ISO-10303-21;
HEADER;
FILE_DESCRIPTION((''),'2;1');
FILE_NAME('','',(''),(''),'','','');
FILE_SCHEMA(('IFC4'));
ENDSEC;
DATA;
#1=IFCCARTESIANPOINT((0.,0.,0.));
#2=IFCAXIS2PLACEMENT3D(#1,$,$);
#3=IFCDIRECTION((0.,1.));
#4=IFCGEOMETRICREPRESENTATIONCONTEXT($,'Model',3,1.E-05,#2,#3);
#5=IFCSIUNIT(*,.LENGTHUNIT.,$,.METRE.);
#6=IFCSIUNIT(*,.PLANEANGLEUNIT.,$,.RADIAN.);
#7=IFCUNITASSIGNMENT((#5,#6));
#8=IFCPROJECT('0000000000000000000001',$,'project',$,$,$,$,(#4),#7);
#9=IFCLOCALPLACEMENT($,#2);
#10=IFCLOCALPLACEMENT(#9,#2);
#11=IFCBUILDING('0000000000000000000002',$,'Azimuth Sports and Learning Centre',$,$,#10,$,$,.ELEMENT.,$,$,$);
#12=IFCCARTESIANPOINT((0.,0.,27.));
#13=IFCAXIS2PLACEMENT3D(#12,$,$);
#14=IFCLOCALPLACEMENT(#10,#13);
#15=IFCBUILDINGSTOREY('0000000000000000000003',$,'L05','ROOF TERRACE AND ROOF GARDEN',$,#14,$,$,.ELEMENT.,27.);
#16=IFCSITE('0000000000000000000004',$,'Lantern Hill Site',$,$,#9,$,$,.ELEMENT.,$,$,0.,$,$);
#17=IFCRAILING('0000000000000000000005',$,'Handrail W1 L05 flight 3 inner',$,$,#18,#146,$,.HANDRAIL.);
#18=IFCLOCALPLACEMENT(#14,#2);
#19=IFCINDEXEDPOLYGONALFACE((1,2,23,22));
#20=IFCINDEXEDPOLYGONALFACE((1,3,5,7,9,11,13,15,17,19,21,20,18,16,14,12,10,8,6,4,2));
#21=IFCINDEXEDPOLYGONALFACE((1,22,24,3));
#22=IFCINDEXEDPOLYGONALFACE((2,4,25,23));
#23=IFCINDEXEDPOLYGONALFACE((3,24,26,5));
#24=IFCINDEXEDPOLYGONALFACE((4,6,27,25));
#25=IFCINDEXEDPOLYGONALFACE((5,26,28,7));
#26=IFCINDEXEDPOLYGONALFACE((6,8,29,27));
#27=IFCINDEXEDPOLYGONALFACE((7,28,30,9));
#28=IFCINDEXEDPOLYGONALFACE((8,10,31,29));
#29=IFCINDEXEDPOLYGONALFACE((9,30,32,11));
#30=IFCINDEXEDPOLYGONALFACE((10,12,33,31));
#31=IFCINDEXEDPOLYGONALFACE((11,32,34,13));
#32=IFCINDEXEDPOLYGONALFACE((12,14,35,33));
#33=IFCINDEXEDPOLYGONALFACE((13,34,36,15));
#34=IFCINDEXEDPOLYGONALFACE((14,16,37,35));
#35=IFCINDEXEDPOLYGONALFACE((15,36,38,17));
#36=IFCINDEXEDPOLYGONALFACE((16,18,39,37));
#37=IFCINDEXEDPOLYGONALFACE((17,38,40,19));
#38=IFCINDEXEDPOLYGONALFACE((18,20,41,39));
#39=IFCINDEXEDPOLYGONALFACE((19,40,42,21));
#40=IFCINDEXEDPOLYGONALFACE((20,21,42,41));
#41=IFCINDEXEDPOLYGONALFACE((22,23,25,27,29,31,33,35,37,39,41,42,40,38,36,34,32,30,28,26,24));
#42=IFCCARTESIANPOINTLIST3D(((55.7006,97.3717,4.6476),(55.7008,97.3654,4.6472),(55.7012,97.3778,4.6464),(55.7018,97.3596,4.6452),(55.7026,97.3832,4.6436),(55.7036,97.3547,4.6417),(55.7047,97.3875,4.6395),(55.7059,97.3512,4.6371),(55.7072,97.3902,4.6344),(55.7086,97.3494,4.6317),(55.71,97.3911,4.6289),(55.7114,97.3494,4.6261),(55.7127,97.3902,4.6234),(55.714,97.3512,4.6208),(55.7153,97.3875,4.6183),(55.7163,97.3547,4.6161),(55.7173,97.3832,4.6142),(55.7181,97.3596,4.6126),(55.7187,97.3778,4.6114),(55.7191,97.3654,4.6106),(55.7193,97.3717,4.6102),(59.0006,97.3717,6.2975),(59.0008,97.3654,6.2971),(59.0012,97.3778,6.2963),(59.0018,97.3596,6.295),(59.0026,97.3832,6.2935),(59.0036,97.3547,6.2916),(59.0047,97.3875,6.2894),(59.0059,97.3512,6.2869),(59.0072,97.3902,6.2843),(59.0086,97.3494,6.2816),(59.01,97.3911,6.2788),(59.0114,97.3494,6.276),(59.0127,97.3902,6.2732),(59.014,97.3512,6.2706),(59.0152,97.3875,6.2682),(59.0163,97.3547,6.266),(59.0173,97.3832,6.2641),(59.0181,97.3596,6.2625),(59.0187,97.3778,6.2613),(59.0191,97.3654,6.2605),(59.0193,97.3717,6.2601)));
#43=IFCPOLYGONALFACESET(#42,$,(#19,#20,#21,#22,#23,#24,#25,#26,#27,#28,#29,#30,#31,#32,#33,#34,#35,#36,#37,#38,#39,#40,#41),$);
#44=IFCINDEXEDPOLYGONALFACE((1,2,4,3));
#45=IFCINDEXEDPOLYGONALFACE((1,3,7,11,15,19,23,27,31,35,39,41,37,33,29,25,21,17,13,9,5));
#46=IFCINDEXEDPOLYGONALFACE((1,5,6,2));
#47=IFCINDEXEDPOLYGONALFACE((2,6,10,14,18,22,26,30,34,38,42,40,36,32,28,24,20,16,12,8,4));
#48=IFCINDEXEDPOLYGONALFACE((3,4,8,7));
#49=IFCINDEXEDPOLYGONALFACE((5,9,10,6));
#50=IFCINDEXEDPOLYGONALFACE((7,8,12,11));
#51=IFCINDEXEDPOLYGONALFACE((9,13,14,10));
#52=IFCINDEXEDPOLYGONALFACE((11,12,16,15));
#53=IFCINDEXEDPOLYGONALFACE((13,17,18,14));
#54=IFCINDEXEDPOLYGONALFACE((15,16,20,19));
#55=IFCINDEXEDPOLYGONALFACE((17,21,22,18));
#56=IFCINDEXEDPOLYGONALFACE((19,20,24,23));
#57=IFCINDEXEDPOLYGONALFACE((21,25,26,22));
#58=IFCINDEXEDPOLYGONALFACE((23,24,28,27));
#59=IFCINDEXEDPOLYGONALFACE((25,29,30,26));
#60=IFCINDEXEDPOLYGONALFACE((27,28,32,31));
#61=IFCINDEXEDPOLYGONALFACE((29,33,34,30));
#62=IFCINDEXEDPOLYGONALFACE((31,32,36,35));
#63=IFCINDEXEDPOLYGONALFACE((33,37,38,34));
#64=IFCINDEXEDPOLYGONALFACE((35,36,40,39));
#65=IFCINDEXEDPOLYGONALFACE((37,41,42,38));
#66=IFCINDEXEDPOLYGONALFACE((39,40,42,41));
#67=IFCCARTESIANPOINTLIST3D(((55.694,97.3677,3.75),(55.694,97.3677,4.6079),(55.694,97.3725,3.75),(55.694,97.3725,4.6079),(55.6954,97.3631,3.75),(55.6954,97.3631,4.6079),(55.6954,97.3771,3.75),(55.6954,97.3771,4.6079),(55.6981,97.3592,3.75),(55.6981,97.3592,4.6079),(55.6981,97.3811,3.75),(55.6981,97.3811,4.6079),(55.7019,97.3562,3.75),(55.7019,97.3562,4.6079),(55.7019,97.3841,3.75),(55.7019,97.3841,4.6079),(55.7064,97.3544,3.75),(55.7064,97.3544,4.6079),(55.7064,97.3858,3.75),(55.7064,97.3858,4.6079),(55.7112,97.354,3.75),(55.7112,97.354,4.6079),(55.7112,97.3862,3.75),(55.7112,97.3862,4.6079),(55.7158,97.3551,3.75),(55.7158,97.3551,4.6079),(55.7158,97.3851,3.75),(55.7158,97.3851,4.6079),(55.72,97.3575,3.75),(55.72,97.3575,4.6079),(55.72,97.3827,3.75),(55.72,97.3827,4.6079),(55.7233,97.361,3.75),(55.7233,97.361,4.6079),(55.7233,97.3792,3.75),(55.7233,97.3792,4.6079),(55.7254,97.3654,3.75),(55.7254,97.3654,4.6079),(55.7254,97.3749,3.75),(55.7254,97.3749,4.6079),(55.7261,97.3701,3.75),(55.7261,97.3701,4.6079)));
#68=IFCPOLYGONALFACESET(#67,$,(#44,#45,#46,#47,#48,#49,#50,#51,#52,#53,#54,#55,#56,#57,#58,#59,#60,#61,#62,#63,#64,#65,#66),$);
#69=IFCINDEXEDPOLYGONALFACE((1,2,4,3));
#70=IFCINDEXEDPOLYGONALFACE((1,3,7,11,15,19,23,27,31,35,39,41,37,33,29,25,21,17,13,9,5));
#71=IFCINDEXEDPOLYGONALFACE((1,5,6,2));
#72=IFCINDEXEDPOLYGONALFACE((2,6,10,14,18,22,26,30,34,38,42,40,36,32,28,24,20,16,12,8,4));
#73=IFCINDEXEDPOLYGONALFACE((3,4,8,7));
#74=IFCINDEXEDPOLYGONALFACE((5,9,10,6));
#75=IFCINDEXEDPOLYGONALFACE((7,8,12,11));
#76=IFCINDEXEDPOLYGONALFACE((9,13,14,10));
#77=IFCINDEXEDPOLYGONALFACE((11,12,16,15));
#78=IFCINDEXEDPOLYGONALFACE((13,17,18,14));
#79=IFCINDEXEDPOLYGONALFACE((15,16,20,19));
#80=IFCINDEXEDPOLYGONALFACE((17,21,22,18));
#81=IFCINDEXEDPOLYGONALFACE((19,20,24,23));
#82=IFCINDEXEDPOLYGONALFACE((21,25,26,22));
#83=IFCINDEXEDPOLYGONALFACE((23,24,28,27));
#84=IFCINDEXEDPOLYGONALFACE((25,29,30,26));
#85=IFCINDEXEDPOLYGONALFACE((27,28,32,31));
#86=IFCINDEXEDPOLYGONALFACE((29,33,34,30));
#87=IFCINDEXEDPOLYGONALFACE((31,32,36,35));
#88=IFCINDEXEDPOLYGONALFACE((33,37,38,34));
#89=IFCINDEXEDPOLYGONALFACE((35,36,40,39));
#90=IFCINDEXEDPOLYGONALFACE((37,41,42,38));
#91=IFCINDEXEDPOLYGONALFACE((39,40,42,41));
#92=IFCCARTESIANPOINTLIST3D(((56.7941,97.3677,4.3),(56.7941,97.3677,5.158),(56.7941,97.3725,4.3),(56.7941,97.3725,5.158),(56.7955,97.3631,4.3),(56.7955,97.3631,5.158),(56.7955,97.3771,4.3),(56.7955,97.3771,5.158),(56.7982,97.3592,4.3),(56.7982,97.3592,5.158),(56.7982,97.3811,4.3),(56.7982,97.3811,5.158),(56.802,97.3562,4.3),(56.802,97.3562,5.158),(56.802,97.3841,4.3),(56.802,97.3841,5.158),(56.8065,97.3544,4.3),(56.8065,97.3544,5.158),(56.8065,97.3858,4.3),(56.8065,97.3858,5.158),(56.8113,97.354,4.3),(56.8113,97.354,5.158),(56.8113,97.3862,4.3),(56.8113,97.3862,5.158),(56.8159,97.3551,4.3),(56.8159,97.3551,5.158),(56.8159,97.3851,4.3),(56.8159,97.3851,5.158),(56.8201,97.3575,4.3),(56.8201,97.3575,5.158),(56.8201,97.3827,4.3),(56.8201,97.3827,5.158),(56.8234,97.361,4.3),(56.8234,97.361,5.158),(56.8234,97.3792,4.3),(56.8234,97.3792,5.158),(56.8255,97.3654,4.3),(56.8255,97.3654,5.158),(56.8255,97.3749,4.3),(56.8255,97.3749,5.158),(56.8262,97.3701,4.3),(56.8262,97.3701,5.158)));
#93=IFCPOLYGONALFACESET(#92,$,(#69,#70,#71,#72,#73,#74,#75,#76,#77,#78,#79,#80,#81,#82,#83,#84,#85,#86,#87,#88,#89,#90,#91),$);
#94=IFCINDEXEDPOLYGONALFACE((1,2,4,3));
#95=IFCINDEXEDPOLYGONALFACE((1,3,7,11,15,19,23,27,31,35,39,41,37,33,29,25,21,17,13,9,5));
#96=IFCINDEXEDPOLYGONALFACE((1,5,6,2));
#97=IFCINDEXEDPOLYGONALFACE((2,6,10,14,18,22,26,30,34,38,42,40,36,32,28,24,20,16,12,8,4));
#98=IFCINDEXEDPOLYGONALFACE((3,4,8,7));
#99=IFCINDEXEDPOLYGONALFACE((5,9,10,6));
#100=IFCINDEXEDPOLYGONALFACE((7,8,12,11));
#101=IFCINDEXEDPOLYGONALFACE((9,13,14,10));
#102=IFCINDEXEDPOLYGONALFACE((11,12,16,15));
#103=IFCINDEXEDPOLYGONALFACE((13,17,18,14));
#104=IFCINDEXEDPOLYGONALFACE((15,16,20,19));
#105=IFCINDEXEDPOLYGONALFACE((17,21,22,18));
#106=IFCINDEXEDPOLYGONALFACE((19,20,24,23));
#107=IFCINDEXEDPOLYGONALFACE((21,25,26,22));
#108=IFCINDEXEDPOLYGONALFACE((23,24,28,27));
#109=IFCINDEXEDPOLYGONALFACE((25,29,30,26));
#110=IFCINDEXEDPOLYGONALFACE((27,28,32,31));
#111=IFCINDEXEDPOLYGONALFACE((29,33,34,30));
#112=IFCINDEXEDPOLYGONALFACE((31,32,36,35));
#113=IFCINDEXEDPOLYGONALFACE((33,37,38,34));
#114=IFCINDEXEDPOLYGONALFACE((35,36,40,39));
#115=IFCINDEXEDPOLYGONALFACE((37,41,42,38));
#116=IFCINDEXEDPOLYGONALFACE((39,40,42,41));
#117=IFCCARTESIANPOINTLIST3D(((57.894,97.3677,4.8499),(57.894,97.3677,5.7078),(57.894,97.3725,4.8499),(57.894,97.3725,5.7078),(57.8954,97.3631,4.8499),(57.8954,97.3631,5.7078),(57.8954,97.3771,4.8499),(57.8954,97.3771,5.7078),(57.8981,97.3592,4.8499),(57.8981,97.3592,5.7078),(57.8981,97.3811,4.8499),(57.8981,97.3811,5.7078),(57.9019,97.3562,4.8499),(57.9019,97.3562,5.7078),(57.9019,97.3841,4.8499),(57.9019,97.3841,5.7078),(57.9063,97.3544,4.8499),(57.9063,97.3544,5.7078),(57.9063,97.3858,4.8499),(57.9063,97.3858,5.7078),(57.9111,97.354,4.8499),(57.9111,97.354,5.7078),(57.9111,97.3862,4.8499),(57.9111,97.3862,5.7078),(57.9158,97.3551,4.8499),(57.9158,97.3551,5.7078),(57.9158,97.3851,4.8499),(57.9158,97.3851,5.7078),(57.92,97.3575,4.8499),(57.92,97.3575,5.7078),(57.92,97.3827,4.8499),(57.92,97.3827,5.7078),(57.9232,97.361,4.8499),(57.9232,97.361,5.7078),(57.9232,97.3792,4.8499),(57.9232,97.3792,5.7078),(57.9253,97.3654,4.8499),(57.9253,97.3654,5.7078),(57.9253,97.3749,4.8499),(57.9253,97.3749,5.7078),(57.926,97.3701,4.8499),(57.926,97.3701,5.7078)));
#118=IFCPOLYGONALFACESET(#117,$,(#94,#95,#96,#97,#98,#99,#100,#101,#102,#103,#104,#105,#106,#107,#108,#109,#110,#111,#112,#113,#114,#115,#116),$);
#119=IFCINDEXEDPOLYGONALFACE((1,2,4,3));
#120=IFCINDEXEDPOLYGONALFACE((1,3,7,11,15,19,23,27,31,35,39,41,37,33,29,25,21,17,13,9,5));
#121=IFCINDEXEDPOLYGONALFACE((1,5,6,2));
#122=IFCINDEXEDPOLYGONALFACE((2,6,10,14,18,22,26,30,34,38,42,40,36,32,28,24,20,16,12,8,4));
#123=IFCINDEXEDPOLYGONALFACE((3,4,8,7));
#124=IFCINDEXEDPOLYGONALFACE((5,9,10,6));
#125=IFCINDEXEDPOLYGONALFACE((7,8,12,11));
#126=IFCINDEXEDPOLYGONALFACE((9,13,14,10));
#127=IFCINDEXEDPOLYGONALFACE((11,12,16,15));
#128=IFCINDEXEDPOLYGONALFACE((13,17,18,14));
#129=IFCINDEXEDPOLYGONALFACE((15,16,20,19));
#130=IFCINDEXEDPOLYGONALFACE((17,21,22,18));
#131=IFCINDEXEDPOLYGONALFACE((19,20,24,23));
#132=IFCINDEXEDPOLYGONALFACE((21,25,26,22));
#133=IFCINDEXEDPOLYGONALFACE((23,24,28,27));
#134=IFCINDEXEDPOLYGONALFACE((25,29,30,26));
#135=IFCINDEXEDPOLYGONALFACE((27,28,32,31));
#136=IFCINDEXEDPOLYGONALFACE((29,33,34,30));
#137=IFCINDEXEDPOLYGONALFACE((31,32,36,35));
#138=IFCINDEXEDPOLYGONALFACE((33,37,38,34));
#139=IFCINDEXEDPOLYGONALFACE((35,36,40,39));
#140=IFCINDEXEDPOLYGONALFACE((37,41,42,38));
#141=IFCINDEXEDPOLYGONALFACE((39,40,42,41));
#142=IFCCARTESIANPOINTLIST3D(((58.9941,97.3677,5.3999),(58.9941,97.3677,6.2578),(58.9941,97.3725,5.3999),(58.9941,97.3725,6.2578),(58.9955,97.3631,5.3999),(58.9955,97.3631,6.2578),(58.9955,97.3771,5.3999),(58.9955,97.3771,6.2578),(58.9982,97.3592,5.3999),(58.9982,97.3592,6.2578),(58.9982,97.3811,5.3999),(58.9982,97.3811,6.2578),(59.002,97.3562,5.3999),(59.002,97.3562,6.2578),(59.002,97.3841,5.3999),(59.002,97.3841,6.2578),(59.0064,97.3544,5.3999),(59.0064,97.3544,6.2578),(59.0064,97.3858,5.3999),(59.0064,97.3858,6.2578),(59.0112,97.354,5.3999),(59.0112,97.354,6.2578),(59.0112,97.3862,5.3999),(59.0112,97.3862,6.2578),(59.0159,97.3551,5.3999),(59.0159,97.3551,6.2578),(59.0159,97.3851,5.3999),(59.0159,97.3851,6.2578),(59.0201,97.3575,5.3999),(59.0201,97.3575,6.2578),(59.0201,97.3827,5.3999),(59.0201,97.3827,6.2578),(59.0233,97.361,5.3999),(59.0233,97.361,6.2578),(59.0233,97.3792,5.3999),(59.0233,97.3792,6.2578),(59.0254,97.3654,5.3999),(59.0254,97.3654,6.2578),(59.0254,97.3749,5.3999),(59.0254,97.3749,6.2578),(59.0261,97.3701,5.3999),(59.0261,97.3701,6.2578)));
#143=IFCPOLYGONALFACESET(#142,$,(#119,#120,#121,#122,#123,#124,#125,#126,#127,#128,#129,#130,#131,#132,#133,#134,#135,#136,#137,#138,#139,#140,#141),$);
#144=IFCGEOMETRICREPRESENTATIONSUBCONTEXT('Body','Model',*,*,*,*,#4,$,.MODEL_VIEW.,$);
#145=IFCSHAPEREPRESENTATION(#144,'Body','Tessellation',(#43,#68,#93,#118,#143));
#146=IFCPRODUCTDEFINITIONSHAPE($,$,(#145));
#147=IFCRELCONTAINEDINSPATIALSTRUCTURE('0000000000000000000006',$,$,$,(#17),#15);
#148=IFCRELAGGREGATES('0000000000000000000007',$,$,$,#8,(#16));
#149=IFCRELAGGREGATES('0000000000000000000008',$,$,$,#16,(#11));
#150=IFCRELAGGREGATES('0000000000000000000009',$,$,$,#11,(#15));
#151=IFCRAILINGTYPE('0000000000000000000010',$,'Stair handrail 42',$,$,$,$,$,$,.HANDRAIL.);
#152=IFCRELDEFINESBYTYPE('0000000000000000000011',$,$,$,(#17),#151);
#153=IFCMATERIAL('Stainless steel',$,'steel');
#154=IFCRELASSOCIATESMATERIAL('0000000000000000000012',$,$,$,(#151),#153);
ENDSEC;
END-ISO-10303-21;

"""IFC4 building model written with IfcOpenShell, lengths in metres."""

from ifc_helpers import new_model, si_unit, direction, frame, origin, origin_2d, place, context, subcontext, project, spatial, circle, extrude, material, type_object, element, save


model = new_model("IFC4")

# Units and contexts
model_context = context("Model", 3, precision=1e-05, world=origin(), true_north=direction((0.0, 1.0)))
body_context = subcontext(model_context, "Body", "Model", "MODEL_VIEW")
ifc_project = project(units=[si_unit("LENGTHUNIT", "METRE"), si_unit("PLANEANGLEUNIT", "RADIAN")], contexts=[model_context])

# Site, building, storey
site_placement = place(None, origin())
site = spatial("IfcSite", under=ifc_project, at=site_placement, Name="Lantern Hill Site", CompositionType="ELEMENT", RefElevation=0.0)
building_placement = place(site_placement, origin())
building = spatial("IfcBuilding", under=site, at=building_placement, Name="Azimuth Sports and Learning Centre", CompositionType="ELEMENT")
storey_placement = place(building_placement, frame((0.0, 0.0, 27.0)))
storey = spatial("IfcBuildingStorey", under=building, at=storey_placement, Name="L05", Description="ROOF TERRACE AND ROOF GARDEN", CompositionType="ELEMENT", Elevation=27.0)

# Railing
ifc_material_1 = material(Name="Stainless steel", Category="steel")
railing_type_1 = type_object("IfcRailingType", Name="Stair handrail 42", PredefinedType="HANDRAIL", material=ifc_material_1)
for number, where, name in (
    (1, (55.71, 97.3701, 3.75), "Handrail W1 L05 flight 3 inner"),
):
    element("IfcRailing", number, at=place(storey_placement, frame(where)), inside=storey, type_object=railing_type_1, Name=name, PredefinedType="HANDRAIL", context=body_context, shape_type="SweptSolid", body=[
        extrude(circle(Radius=0.021, at=origin_2d()), frame((0.0, 0.0, 0.8789), z_axis=(0.89444, 0.0, 0.447187), x_axis=(0.0, 1.0, 0.0)), (0.0, 0.0, 1.0), 3.6895),
        extrude(circle(Radius=0.0161, at=origin_2d()), origin(), (0.0, 0.0, 1.0), 0.8579),
        extrude(circle(Radius=0.0161, at=origin_2d()), frame((1.1001, 0.0, 0.55)), (0.0, 0.0, 1.0), 0.8579),
        extrude(circle(Radius=0.0161, at=origin_2d()), frame((2.2, 0.0, 1.0999)), (0.0, 0.0, 1.0), 0.8579),
        extrude(circle(Radius=0.0161, at=origin_2d()), frame((3.3, 0.0, 1.6499)), (0.0, 0.0, 1.0), 0.8579),
    ])

save(model, "model.ifc")
